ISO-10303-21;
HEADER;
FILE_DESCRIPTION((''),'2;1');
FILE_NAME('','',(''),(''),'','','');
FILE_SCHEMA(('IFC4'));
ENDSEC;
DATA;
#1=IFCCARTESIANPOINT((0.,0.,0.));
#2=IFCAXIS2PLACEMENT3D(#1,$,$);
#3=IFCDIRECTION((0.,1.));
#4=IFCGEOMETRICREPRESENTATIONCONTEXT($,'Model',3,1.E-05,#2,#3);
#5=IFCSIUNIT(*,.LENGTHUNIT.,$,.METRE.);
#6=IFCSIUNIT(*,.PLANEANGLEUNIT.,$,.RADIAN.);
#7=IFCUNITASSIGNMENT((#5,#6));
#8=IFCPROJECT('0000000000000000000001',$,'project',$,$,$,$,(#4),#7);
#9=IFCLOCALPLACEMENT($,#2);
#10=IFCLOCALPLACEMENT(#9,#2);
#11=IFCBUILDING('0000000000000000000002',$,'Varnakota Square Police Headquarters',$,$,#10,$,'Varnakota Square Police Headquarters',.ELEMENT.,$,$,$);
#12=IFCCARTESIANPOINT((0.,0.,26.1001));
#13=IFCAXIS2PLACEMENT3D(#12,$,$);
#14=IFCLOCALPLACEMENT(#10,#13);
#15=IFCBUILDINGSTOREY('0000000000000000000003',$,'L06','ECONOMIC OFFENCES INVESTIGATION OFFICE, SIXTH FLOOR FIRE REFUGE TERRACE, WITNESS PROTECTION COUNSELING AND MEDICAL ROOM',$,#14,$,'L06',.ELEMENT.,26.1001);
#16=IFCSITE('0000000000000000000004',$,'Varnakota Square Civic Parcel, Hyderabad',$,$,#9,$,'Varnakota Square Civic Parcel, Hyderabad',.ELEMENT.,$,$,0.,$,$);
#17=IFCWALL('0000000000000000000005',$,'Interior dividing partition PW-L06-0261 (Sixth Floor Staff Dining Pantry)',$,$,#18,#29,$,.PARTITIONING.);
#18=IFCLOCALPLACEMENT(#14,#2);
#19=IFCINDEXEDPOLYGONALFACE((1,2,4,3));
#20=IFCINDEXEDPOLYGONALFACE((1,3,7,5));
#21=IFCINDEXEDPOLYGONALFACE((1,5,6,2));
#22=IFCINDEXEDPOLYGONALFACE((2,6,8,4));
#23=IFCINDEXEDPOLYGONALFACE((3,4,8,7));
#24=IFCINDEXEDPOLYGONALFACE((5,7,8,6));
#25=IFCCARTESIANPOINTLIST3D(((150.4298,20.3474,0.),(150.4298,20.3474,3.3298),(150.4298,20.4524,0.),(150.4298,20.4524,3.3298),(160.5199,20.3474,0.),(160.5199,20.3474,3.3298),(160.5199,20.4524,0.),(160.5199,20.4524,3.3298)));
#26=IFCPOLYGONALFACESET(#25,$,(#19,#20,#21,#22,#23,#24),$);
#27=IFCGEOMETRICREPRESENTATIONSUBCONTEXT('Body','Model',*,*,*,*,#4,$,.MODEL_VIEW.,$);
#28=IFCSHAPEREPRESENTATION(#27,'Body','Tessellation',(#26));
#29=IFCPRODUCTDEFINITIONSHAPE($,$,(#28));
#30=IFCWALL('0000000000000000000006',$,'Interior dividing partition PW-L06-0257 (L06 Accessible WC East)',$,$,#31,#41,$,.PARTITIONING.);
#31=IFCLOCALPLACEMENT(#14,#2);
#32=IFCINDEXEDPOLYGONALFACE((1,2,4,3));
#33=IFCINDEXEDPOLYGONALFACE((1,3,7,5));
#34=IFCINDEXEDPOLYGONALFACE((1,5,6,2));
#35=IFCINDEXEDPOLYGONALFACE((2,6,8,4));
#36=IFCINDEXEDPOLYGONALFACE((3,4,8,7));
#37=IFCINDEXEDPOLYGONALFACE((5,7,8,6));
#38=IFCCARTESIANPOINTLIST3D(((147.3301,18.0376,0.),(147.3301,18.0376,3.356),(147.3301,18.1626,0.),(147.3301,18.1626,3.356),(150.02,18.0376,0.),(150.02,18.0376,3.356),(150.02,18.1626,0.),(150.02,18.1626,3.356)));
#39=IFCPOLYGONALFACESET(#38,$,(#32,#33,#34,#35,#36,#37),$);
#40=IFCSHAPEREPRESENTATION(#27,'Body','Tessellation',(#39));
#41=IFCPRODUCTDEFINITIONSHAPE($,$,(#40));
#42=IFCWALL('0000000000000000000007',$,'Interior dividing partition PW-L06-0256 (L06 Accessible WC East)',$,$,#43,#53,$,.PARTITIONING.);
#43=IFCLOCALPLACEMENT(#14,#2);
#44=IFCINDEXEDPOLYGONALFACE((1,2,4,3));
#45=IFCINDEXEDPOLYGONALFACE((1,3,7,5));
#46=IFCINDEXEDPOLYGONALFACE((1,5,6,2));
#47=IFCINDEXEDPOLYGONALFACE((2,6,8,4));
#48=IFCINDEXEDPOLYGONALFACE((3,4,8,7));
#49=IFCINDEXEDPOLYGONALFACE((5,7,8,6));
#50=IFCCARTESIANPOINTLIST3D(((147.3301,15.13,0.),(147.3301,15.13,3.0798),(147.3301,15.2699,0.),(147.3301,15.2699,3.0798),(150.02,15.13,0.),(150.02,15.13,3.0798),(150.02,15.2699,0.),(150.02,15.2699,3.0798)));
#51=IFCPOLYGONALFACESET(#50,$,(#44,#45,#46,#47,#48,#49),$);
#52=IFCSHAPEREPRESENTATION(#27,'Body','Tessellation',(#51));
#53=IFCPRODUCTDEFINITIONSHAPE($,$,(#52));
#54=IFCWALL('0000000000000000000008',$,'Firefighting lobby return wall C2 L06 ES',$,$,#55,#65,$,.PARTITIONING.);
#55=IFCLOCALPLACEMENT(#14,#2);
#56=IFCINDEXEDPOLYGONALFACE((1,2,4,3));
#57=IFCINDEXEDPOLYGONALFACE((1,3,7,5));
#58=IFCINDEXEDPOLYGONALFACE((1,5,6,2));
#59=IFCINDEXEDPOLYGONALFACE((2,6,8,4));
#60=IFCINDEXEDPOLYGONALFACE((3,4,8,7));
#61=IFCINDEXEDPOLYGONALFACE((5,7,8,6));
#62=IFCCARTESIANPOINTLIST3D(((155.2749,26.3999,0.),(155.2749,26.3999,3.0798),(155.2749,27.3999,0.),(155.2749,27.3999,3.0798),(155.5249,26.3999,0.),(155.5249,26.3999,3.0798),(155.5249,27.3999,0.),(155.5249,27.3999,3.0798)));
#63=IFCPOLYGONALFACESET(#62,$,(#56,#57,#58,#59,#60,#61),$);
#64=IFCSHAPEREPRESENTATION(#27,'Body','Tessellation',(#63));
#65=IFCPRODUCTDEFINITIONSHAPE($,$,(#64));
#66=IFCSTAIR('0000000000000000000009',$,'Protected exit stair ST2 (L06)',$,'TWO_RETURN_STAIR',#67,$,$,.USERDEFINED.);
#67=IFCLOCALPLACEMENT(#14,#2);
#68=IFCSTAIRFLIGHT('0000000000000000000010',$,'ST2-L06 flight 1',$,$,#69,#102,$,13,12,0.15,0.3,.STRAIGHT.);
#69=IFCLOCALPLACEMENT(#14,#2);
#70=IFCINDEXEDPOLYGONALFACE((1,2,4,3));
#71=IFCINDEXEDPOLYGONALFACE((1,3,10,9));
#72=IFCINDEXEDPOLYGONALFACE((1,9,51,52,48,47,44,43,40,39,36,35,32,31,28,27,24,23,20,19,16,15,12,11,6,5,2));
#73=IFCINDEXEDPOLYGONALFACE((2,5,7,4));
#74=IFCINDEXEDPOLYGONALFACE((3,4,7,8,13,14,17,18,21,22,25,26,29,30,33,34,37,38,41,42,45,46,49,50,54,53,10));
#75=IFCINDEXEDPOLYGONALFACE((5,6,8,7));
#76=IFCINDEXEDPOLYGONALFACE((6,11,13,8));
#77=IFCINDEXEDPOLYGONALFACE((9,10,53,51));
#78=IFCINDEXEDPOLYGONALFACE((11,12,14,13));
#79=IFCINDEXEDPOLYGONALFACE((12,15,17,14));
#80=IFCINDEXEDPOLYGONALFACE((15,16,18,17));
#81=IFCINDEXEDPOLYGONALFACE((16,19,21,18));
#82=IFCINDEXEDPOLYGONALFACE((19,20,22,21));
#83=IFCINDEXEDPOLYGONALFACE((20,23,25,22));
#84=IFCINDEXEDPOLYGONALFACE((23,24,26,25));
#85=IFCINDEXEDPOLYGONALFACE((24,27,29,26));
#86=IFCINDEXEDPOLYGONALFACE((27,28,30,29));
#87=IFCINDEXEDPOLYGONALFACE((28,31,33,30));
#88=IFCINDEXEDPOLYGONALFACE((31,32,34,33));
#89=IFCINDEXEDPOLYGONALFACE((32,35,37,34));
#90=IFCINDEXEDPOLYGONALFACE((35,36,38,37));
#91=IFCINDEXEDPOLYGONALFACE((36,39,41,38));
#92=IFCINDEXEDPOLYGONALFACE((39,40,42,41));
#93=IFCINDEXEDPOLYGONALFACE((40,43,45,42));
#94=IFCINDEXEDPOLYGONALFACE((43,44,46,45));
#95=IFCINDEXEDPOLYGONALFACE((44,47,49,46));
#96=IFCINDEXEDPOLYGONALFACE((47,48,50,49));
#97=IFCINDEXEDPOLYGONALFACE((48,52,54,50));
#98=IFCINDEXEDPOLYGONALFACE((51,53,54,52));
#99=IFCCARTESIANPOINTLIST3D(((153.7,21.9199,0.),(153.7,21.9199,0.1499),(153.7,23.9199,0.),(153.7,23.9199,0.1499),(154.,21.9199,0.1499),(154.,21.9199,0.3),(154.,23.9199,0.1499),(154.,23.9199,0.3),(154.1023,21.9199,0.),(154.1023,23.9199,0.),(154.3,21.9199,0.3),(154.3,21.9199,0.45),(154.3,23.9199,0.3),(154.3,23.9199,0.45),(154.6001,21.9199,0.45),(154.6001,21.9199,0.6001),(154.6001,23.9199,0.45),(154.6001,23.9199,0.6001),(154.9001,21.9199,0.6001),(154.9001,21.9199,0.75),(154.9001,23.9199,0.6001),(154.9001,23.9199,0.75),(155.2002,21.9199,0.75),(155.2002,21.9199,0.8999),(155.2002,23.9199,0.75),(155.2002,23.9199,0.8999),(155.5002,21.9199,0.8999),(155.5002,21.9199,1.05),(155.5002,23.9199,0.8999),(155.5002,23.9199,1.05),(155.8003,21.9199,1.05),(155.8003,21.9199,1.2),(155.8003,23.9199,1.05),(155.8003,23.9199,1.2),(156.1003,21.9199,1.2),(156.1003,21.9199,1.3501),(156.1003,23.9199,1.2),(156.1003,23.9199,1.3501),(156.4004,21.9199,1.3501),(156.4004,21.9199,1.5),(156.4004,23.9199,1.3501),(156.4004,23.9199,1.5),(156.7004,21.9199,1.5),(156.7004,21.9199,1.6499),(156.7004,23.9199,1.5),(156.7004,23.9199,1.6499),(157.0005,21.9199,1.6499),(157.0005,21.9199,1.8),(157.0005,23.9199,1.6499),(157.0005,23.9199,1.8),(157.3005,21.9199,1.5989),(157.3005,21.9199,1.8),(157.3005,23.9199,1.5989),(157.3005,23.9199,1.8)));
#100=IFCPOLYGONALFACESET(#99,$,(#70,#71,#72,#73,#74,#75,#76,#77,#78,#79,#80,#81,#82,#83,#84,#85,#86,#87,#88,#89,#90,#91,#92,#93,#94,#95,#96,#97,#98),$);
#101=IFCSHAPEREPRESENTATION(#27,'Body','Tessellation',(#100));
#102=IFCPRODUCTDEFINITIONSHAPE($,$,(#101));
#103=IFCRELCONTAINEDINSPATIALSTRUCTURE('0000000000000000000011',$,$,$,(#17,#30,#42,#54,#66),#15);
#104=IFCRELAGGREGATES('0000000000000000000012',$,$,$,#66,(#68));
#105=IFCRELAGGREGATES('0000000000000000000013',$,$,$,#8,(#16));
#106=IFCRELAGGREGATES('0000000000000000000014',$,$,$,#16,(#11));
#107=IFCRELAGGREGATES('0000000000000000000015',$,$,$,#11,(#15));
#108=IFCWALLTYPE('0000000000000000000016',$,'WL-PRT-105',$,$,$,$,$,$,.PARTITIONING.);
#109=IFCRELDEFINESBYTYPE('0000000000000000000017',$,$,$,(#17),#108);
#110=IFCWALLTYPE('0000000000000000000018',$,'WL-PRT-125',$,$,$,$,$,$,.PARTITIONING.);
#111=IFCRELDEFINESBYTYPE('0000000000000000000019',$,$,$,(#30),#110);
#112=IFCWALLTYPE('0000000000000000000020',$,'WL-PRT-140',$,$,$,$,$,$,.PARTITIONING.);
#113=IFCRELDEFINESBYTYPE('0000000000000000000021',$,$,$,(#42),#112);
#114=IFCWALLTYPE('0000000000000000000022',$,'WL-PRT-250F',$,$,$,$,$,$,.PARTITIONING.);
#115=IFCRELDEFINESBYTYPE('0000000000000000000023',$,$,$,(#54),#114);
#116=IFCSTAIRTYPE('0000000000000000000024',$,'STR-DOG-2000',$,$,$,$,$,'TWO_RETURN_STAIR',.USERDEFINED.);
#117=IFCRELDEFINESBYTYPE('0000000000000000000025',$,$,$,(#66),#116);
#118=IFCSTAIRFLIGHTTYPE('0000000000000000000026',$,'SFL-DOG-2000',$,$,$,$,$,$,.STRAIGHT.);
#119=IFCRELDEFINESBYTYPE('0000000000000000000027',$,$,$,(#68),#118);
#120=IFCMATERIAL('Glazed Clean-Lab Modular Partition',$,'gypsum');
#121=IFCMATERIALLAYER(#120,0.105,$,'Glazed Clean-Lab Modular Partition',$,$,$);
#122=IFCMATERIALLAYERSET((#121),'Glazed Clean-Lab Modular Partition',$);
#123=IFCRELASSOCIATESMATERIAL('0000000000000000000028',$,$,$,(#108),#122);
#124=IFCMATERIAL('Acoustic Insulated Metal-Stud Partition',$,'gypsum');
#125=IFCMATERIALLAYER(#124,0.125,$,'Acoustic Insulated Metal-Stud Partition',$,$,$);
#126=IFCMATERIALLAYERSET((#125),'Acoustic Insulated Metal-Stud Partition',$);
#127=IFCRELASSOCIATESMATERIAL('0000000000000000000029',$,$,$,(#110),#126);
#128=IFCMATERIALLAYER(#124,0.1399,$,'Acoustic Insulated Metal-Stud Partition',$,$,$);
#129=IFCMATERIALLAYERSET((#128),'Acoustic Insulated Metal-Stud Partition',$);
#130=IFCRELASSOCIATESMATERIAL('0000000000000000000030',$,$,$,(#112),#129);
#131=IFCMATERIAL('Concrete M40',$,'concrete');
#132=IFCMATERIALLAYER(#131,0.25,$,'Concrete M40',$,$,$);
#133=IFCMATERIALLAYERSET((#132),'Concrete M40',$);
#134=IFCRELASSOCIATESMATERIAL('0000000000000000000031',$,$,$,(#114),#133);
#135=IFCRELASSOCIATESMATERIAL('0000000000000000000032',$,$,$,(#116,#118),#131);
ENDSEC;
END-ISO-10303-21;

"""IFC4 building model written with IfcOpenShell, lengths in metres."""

from ifc_helpers import new_model, si_unit, direction, frame, frame_2d, origin, place, context, subcontext, project, spatial, polyline, rectangle, outline, extrude, material, layer, layer_set, type_object, element, aggregate, save


model = new_model("IFC4")

# Units and contexts
model_context = context("Model", 3, precision=1e-05, world=origin(), true_north=direction((0.0, 1.0)))
body_context = subcontext(model_context, "Body", "Model", "MODEL_VIEW")
ifc_project = project(units=[si_unit("LENGTHUNIT", "METRE"), si_unit("PLANEANGLEUNIT", "RADIAN")], contexts=[model_context])

# Site, building, storey
site_placement = place(None, origin())
site = spatial("IfcSite", under=ifc_project, at=site_placement, Name="Varnakota Square Civic Parcel, Hyderabad", LongName="Varnakota Square Civic Parcel, Hyderabad", CompositionType="ELEMENT", RefElevation=0.0)
building_placement = place(site_placement, origin())
building = spatial("IfcBuilding", under=site, at=building_placement, Name="Varnakota Square Police Headquarters", LongName="Varnakota Square Police Headquarters", CompositionType="ELEMENT")
storey_placement = place(building_placement, frame((0.0, 0.0, 26.1001)))
storey = spatial("IfcBuildingStorey", under=building, at=storey_placement, Name="L06", Description="ECONOMIC OFFENCES INVESTIGATION OFFICE, SIXTH FLOOR FIRE REFUGE TERRACE, WITNESS PROTECTION COUNSELING AND MEDICAL ROOM", LongName="L06", CompositionType="ELEMENT", Elevation=26.1001)

# Shared definitions
ifc_material_1 = material(Name="Concrete M40", Category="concrete")

# Walls
ifc_material_2 = material(Name="Glazed Clean-Lab Modular Partition", Category="gypsum")
ifc_layer_1 = layer(ifc_material_2, 0.105, Name="Glazed Clean-Lab Modular Partition")
ifc_layer_set_1 = layer_set([ifc_layer_1], Name="Glazed Clean-Lab Modular Partition")
wall_type_1 = type_object("IfcWallType", Name="WL-PRT-105", PredefinedType="PARTITIONING", material=ifc_layer_set_1)
wall_1_placement = place(storey_placement, frame((150.4299, 20.3999, 0.0), z_axis=(0.0, 0.0, 1.0), x_axis=(1.0, 0.0, 0.0)))
element("IfcWall", 1, at=wall_1_placement, inside=storey, type_object=wall_type_1, Name="Interior dividing partition PW-L06-0261 (Sixth Floor Staff Dining Pantry)", PredefinedType="PARTITIONING", context=body_context, shape_type="SweptSolid", body=[
    extrude(rectangle(XDim=10.0901, YDim=0.105, at=frame_2d((5.0449, 0.0))), origin(), (0.0, 0.0, 1.0), 3.3298),
])
ifc_material_3 = material(Name="Acoustic Insulated Metal-Stud Partition", Category="gypsum")
ifc_layer_2 = layer(ifc_material_3, 0.125, Name="Acoustic Insulated Metal-Stud Partition")
ifc_layer_set_2 = layer_set([ifc_layer_2], Name="Acoustic Insulated Metal-Stud Partition")
wall_type_2 = type_object("IfcWallType", Name="WL-PRT-125", PredefinedType="PARTITIONING", material=ifc_layer_set_2)
wall_2_placement = place(storey_placement, frame((147.3301, 18.1001, 0.0), z_axis=(0.0, 0.0, 1.0), x_axis=(1.0, 0.0, 0.0)))
element("IfcWall", 2, at=wall_2_placement, inside=storey, type_object=wall_type_2, Name="Interior dividing partition PW-L06-0257 (L06 Accessible WC East)", PredefinedType="PARTITIONING", context=body_context, shape_type="SweptSolid", body=[
    extrude(rectangle(XDim=2.6899, YDim=0.125, at=frame_2d((1.345, 0.0))), origin(), (0.0, 0.0, 1.0), 3.356),
])
ifc_layer_3 = layer(ifc_material_3, 0.1399, Name="Acoustic Insulated Metal-Stud Partition")
ifc_layer_set_3 = layer_set([ifc_layer_3], Name="Acoustic Insulated Metal-Stud Partition")
wall_type_3 = type_object("IfcWallType", Name="WL-PRT-140", PredefinedType="PARTITIONING", material=ifc_layer_set_3)
wall_3_placement = place(storey_placement, frame((150.02, 15.2, 0.0), z_axis=(0.0, 0.0, 1.0), x_axis=(-1.0, 0.0, 0.0)))
element("IfcWall", 3, at=wall_3_placement, inside=storey, type_object=wall_type_3, Name="Interior dividing partition PW-L06-0256 (L06 Accessible WC East)", PredefinedType="PARTITIONING", context=body_context, shape_type="SweptSolid", body=[
    extrude(rectangle(XDim=2.6899, YDim=0.1399, at=frame_2d((1.345, 0.0))), origin(), (0.0, 0.0, 1.0), 3.0798),
])

# Shared definitions
ifc_layer_4 = layer(ifc_material_1, 0.25, Name="Concrete M40")
ifc_layer_set_4 = layer_set([ifc_layer_4], Name="Concrete M40")
wall_type_4 = type_object("IfcWallType", Name="WL-PRT-250F", PredefinedType="PARTITIONING", material=ifc_layer_set_4)

# Wall
wall_4_placement = place(storey_placement, frame((155.3999, 26.3999, 0.0), z_axis=(0.0, 0.0, 1.0), x_axis=(0.0, 1.0, 0.0)))
element("IfcWall", 4, at=wall_4_placement, inside=storey, type_object=wall_type_4, Name="Firefighting lobby return wall C2 L06 ES", PredefinedType="PARTITIONING", context=body_context, shape_type="SweptSolid", body=[
    extrude(rectangle(XDim=1.0, YDim=0.25, at=frame_2d((0.5, 0.0))), origin(), (0.0, 0.0, 1.0), 3.0798),
])

# Stair, stair flight
stair_type = type_object("IfcStairType", Name="STR-DOG-2000", ElementType="TWO_RETURN_STAIR", PredefinedType="USERDEFINED", material=ifc_material_1)
stair_placement = place(storey_placement, origin())
stair = element("IfcStair", 5, at=stair_placement, inside=storey, type_object=stair_type, Name="Protected exit stair ST2 (L06)", ObjectType="TWO_RETURN_STAIR", PredefinedType="USERDEFINED")
stair_flight_type = type_object("IfcStairFlightType", Name="SFL-DOG-2000", PredefinedType="STRAIGHT", material=ifc_material_1)
stair_flight_placement = place(storey_placement, frame((153.7, 22.9199, 0.0), z_axis=(0.0, 0.0, 1.0), x_axis=(1.0, 0.0, 0.0)))
stair_flight = element("IfcStairFlight", 6, at=stair_flight_placement, type_object=stair_flight_type, Name="ST2-L06 flight 1", NumberOfRisers=13, NumberOfTreads=12, PredefinedType="STRAIGHT", RiserHeight=0.15, TreadLength=0.3, context=body_context, shape_type="SweptSolid", body=[
    extrude(outline(polyline([(0.0, 0.0), (0.0, 0.1499), (0.3, 0.1499), (0.3, 0.3), (0.6001, 0.3), (0.6001, 0.45), (0.9001, 0.45), (0.9001, 0.6001), (1.2002, 0.6001), (1.2002, 0.75), (1.5002, 0.75), (1.5002, 0.8999), (1.8003, 0.8999), (1.8003, 1.05), (2.1003, 1.05), (2.1003, 1.2), (2.4004, 1.2), (2.4004, 1.3501), (2.7004, 1.3501), (2.7004, 1.5), (3.0005, 1.5), (3.0005, 1.6499), (3.3005, 1.6499), (3.3005, 1.8), (3.6006, 1.8), (3.6006, 1.95), (3.6006, 1.5989), (0.4023, 0.0), (0.0, 0.0)])), frame((0.0, 1.0, 0.0), z_axis=(0.0, -1.0, 0.0), x_axis=(1.0, 0.0, 0.0)), (0.0, 0.0, 1.0), 2.0),
])
aggregate(stair, [stair_flight])

save(model, "model.ifc")
